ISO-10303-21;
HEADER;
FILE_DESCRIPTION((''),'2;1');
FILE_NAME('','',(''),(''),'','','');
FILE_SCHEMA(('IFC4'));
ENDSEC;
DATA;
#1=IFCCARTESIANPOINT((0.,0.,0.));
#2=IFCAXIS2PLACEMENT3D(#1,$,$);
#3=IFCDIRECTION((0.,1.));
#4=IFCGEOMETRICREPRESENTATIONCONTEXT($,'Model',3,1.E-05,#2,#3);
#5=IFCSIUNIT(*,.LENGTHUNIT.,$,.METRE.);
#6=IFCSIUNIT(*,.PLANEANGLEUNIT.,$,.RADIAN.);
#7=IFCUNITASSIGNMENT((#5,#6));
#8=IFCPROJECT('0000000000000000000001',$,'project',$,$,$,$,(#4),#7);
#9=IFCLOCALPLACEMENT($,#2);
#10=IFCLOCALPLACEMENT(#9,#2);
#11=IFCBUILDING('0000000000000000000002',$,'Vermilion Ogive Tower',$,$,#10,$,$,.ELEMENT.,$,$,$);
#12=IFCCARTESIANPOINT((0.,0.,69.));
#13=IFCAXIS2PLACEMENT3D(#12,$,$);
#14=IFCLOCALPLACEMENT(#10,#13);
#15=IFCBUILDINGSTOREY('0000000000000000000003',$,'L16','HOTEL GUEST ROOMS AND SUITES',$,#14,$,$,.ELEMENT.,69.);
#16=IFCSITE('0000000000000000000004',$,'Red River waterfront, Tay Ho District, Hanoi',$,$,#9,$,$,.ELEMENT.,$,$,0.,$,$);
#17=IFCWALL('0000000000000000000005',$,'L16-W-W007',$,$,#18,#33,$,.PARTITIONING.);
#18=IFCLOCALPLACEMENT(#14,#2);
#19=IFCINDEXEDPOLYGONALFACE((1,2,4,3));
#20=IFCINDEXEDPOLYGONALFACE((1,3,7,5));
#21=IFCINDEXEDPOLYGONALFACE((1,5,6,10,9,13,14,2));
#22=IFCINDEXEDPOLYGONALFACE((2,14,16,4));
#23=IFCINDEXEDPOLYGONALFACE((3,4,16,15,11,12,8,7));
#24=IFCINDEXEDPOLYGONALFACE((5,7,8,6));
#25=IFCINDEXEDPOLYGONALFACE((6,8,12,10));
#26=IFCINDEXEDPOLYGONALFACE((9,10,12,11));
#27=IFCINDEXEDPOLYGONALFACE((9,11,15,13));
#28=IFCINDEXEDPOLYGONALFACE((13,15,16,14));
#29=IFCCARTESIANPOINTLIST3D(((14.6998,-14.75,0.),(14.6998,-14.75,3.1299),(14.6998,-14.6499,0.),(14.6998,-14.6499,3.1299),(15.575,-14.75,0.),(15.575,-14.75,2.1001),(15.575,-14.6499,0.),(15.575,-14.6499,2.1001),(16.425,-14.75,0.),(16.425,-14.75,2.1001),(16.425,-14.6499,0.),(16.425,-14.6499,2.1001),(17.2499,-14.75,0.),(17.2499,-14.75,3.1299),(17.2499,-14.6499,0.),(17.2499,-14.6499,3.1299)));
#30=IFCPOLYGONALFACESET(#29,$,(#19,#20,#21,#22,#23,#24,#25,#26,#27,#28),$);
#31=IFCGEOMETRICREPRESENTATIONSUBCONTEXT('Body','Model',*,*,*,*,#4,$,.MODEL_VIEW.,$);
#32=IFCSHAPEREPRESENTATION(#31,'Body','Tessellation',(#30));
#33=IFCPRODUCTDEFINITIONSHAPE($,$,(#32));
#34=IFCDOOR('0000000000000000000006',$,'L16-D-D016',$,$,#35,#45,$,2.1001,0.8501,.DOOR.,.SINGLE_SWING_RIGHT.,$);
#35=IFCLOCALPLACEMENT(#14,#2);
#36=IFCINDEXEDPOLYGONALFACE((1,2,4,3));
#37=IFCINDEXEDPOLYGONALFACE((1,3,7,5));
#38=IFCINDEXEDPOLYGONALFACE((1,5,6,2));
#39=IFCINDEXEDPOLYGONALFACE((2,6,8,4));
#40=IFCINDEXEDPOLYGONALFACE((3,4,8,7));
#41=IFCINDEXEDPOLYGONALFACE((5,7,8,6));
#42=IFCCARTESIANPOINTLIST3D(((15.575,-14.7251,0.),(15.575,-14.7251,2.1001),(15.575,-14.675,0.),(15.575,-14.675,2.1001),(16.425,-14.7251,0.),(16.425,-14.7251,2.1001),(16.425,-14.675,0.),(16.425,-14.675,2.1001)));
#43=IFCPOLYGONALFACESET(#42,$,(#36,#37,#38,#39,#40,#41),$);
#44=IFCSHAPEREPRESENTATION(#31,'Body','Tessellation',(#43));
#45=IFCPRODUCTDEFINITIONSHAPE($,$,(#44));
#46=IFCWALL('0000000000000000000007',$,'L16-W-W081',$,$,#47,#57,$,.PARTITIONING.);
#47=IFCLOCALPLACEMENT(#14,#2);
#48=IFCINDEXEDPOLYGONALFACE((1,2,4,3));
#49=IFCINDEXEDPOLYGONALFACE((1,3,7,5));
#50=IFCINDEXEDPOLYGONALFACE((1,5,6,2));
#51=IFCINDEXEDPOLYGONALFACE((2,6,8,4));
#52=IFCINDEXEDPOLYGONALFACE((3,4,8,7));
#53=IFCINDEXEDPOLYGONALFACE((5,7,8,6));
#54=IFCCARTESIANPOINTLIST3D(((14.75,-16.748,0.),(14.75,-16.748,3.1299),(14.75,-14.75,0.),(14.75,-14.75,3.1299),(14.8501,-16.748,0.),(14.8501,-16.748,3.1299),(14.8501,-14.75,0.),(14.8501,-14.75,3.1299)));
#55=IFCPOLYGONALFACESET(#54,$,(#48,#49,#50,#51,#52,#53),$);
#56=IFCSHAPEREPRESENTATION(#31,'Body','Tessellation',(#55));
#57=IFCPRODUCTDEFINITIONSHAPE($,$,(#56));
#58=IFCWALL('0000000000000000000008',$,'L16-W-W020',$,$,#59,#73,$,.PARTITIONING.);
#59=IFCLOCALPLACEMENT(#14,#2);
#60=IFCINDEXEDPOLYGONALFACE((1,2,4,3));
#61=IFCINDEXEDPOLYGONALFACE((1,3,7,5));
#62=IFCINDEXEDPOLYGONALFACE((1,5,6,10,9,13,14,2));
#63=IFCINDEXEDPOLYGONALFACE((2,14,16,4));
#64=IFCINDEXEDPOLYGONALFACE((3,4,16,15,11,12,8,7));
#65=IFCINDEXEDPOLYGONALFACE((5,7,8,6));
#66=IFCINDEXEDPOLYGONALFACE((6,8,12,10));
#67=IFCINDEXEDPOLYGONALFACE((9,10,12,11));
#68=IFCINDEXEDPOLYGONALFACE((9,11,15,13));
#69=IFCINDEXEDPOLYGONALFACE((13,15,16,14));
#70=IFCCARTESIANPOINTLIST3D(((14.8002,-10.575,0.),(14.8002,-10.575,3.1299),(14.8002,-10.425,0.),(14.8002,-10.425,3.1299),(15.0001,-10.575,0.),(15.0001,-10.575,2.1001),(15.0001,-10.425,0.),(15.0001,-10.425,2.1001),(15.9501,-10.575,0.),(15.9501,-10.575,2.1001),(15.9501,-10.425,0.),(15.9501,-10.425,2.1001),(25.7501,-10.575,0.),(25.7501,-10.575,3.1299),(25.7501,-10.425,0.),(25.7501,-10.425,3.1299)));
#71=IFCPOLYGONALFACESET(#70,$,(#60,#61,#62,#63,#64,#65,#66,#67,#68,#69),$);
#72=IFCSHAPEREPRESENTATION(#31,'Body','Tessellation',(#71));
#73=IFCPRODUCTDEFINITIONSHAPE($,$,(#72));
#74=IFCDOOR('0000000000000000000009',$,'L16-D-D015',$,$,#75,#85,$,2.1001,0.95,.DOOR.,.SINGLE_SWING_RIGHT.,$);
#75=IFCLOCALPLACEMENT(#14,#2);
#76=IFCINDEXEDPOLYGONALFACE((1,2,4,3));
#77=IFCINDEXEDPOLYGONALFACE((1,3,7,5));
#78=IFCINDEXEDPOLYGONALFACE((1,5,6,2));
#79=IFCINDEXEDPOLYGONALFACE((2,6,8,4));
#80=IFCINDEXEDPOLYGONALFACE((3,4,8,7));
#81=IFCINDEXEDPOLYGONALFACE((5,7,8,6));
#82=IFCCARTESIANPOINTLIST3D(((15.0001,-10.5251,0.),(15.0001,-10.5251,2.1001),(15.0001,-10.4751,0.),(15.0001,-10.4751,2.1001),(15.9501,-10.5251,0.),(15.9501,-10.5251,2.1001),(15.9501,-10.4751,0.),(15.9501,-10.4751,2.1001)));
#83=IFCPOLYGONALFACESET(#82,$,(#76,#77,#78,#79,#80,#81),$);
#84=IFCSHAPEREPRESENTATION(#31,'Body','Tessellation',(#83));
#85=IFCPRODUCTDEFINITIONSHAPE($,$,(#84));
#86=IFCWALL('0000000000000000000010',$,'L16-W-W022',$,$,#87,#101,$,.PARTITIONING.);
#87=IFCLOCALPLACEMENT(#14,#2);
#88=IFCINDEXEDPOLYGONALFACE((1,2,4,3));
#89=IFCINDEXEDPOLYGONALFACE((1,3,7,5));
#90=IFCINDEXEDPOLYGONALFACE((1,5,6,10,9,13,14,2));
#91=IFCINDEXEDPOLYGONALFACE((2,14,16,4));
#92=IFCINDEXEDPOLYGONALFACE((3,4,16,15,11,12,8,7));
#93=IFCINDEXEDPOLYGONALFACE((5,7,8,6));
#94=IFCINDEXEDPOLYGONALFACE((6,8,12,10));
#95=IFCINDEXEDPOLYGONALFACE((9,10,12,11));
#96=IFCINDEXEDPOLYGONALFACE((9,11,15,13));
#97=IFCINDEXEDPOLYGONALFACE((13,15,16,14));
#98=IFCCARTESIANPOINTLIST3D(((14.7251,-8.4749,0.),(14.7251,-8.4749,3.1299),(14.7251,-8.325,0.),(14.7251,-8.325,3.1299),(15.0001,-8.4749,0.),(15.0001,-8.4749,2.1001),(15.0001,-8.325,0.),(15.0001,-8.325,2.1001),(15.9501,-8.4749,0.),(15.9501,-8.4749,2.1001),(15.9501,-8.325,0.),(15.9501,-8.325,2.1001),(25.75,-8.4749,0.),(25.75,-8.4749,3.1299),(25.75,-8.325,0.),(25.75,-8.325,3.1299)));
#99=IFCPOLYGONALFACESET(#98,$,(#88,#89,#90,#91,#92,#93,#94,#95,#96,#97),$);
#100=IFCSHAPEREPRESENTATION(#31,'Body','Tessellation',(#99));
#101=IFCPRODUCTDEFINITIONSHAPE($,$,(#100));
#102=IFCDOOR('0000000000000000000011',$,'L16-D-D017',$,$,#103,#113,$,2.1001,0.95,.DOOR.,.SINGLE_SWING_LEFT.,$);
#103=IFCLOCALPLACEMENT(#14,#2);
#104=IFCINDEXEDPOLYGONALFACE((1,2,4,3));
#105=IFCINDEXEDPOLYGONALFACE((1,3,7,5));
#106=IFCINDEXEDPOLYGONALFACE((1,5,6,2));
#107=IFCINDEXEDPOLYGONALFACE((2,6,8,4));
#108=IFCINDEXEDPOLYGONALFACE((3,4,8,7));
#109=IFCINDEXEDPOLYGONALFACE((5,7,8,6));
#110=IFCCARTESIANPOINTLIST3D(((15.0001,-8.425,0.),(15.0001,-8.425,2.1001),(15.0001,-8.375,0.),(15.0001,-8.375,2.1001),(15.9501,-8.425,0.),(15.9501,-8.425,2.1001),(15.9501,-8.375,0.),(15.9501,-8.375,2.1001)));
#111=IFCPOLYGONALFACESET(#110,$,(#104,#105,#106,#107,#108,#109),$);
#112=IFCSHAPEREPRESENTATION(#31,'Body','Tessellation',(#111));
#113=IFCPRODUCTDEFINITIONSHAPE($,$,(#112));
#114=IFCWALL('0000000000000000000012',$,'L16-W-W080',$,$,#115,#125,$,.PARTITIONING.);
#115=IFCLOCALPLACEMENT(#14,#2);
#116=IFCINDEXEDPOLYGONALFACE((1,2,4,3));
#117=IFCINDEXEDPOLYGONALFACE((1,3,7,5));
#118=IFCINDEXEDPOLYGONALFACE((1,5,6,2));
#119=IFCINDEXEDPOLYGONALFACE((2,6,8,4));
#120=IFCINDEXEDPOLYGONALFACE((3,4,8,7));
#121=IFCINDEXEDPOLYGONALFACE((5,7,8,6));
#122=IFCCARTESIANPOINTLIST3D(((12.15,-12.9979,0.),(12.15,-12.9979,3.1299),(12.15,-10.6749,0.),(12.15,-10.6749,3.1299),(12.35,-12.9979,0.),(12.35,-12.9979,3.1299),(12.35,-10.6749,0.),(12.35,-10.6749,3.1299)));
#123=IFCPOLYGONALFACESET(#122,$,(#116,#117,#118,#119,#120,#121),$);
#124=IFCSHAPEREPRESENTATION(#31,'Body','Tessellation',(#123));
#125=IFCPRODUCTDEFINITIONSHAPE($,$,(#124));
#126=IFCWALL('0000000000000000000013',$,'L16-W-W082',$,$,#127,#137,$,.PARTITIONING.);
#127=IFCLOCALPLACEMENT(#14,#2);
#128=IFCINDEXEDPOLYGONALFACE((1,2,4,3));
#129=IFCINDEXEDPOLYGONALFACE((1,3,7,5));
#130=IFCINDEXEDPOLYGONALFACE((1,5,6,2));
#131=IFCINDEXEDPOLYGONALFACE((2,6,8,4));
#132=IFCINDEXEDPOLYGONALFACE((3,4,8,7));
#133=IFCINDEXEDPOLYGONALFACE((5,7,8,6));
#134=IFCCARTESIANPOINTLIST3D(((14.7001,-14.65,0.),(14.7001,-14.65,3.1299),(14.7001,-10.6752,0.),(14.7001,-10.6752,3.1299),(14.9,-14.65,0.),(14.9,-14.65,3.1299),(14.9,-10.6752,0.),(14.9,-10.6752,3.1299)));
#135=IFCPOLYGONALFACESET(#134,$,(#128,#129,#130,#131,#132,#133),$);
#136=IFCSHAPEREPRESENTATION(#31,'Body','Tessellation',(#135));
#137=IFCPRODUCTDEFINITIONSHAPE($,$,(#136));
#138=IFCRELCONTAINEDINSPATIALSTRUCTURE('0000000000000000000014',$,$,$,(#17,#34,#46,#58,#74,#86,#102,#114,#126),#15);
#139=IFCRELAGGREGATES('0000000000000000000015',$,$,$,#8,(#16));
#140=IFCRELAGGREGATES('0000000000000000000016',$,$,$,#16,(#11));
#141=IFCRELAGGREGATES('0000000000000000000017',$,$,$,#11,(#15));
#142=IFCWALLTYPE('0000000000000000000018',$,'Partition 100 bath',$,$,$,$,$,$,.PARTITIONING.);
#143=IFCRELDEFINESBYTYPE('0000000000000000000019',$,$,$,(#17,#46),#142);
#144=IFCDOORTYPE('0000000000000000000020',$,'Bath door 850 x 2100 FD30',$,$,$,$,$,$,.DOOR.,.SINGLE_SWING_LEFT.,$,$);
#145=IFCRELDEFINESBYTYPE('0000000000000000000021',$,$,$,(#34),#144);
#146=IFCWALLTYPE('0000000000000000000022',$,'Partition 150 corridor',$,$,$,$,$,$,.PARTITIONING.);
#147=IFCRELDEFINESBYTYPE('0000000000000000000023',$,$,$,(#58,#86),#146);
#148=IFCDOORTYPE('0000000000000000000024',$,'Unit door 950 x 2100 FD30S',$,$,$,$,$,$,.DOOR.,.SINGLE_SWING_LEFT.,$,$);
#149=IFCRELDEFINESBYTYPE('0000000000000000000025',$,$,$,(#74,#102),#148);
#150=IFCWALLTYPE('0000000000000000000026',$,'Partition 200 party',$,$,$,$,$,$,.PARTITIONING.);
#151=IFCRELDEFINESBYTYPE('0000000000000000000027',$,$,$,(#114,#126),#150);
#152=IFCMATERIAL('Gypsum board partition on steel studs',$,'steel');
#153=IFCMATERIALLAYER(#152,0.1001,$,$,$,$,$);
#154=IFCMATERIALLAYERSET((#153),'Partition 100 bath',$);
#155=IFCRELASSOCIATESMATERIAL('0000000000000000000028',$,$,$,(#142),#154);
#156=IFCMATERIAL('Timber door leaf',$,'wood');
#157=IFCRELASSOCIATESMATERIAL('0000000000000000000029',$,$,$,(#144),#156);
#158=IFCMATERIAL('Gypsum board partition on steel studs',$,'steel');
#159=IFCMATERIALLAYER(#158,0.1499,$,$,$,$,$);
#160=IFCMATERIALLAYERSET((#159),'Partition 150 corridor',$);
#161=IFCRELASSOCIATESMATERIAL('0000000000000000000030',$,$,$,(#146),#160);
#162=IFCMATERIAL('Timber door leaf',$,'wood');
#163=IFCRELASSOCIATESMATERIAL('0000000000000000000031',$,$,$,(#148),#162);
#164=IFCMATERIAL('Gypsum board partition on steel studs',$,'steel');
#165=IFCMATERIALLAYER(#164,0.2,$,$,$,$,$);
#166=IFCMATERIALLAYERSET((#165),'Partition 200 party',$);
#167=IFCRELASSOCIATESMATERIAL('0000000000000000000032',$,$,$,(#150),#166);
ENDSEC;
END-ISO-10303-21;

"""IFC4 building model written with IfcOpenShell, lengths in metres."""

from ifc_helpers import new_model, si_unit, direction, frame, frame_2d, origin, place, context, subcontext, project, spatial, rectangle, extrude, material, layer, layer_set, type_object, element, fill, save


model = new_model("IFC4")

# Units and contexts
model_context = context("Model", 3, precision=1e-05, world=origin(), true_north=direction((0.0, 1.0)))
body_context = subcontext(model_context, "Body", "Model", "MODEL_VIEW")
ifc_project = project(units=[si_unit("LENGTHUNIT", "METRE"), si_unit("PLANEANGLEUNIT", "RADIAN")], contexts=[model_context])

# Site, building, storey
site_placement = place(None, origin())
site = spatial("IfcSite", under=ifc_project, at=site_placement, Name="Red River waterfront, Tay Ho District, Hanoi", CompositionType="ELEMENT", RefElevation=0.0)
building_placement = place(site_placement, origin())
building = spatial("IfcBuilding", under=site, at=building_placement, Name="Vermilion Ogive Tower", CompositionType="ELEMENT")
storey_placement = place(building_placement, frame((0.0, 0.0, 69.0)))
storey = spatial("IfcBuildingStorey", under=building, at=storey_placement, Name="L16", Description="HOTEL GUEST ROOMS AND SUITES", CompositionType="ELEMENT", Elevation=69.0)

# Shared definitions
ifc_material_1 = material(Name="Gypsum board partition on steel studs", Category="steel")
ifc_layer_1 = layer(ifc_material_1, 0.1001)
ifc_layer_set_1 = layer_set([ifc_layer_1], Name="Partition 100 bath")
wall_type_1 = type_object("IfcWallType", Name="Partition 100 bath", PredefinedType="PARTITIONING", material=ifc_layer_set_1)

# Wall, opening, door
wall_1_placement = place(storey_placement, frame((14.7, -14.7, 0.0), z_axis=(0.0, 0.0, 1.0), x_axis=(1.0, 0.0, 0.0)))
wall_1 = element("IfcWall", 1, at=wall_1_placement, inside=storey, type_object=wall_type_1, Name="L16-W-W007", PredefinedType="PARTITIONING", context=body_context, shape_type="SweptSolid", body=[
    extrude(rectangle(XDim=2.55, YDim=0.1001, at=frame_2d((1.2749, 0.0))), origin(), (0.0, 0.0, 1.0), 3.1299),
])
opening_1_placement = place(wall_1_placement, frame((0.875, 0.0, 0.0)))
opening_1 = element("IfcOpeningElement", 2, at=opening_1_placement, cuts=wall_1, PredefinedType="OPENING", context=body_context, shape_type="SweptSolid", body=[
    extrude(rectangle(XDim=0.8501, YDim=2.1001, at=frame_2d((0.425, 1.05))), frame((0.0, 0.0601, 0.0), z_axis=(0.0, -1.0, 0.0), x_axis=(1.0, 0.0, 0.0)), (0.0, 0.0, 1.0), 0.1201),
])
ifc_material_2 = material(Name="Timber door leaf", Category="wood")
door_type_1 = type_object("IfcDoorType", Name="Bath door 850 x 2100 FD30", OperationType="SINGLE_SWING_LEFT", PredefinedType="DOOR", material=ifc_material_2)
door_1_placement = place(opening_1_placement, origin())
door_1 = element("IfcDoor", 3, at=door_1_placement, inside=storey, type_object=door_type_1, Name="L16-D-D016", OperationType="SINGLE_SWING_RIGHT", OverallHeight=2.1001, OverallWidth=0.8501, PredefinedType="DOOR", context=body_context, shape_type="SweptSolid", body=[
    extrude(rectangle(XDim=0.8501, YDim=2.1001, at=frame_2d((0.425, 1.05))), frame((0.0, 0.0249, 0.0), z_axis=(0.0, -1.0, 0.0), x_axis=(1.0, 0.0, 0.0)), (0.0, 0.0, 1.0), 0.05),
])
fill(opening_1, door_1)

# Wall
wall_2_placement = place(storey_placement, frame((14.8, -16.748, 0.0), z_axis=(0.0, 0.0, 1.0), x_axis=(0.0, 1.0, 0.0)))
element("IfcWall", 4, at=wall_2_placement, inside=storey, type_object=wall_type_1, Name="L16-W-W081", PredefinedType="PARTITIONING", context=body_context, shape_type="SweptSolid", body=[
    extrude(rectangle(XDim=1.998, YDim=0.1001, at=frame_2d((0.999, 0.0))), origin(), (0.0, 0.0, 1.0), 3.1299),
])

# Walls, openings, doors
ifc_material_3 = material(Name="Gypsum board partition on steel studs", Category="steel")
ifc_layer_2 = layer(ifc_material_3, 0.1499)
ifc_layer_set_2 = layer_set([ifc_layer_2], Name="Partition 150 corridor")
wall_type_2 = type_object("IfcWallType", Name="Partition 150 corridor", PredefinedType="PARTITIONING", material=ifc_layer_set_2)
wall_3_placement = place(storey_placement, frame((14.8, -10.5, 0.0), z_axis=(0.0, 0.0, 1.0), x_axis=(1.0, 0.0, 0.0)))
wall_3 = element("IfcWall", 5, at=wall_3_placement, inside=storey, type_object=wall_type_2, Name="L16-W-W020", PredefinedType="PARTITIONING", context=body_context, shape_type="SweptSolid", body=[
    extrude(rectangle(XDim=10.95, YDim=0.1499, at=frame_2d((5.4751, 0.0))), origin(), (0.0, 0.0, 1.0), 3.1299),
])
opening_2_placement = place(wall_3_placement, frame((0.2, 0.0, 0.0)))
opening_2 = element("IfcOpeningElement", 6, at=opening_2_placement, cuts=wall_3, PredefinedType="OPENING", context=body_context, shape_type="SweptSolid", body=[
    extrude(rectangle(XDim=0.95, YDim=2.1001, at=frame_2d((0.4751, 1.05))), frame((0.0, 0.085, 0.0), z_axis=(0.0, -1.0, 0.0), x_axis=(1.0, 0.0, 0.0)), (0.0, 0.0, 1.0), 0.1699),
])
ifc_material_4 = material(Name="Timber door leaf", Category="wood")
door_type_2 = type_object("IfcDoorType", Name="Unit door 950 x 2100 FD30S", OperationType="SINGLE_SWING_LEFT", PredefinedType="DOOR", material=ifc_material_4)
door_2_placement = place(opening_2_placement, origin())
door_2 = element("IfcDoor", 7, at=door_2_placement, inside=storey, type_object=door_type_2, Name="L16-D-D015", OperationType="SINGLE_SWING_RIGHT", OverallHeight=2.1001, OverallWidth=0.95, PredefinedType="DOOR", context=body_context, shape_type="SweptSolid", body=[
    extrude(rectangle(XDim=0.95, YDim=2.1001, at=frame_2d((0.4751, 1.05))), frame((0.0, 0.0249, 0.0), z_axis=(0.0, -1.0, 0.0), x_axis=(1.0, 0.0, 0.0)), (0.0, 0.0, 1.0), 0.05),
])
fill(opening_2, door_2)
wall_4_placement = place(storey_placement, frame((14.7251, -8.3999, 0.0), z_axis=(0.0, 0.0, 1.0), x_axis=(1.0, 0.0, 0.0)))
wall_4 = element("IfcWall", 8, at=wall_4_placement, inside=storey, type_object=wall_type_2, Name="L16-W-W022", PredefinedType="PARTITIONING", context=body_context, shape_type="SweptSolid", body=[
    extrude(rectangle(XDim=11.0249, YDim=0.1499, at=frame_2d((5.5125, 0.0))), origin(), (0.0, 0.0, 1.0), 3.1299),
])
opening_3_placement = place(wall_4_placement, frame((0.2749, 0.0, 0.0)))
opening_3 = element("IfcOpeningElement", 9, at=opening_3_placement, cuts=wall_4, PredefinedType="OPENING", context=body_context, shape_type="SweptSolid", body=[
    extrude(rectangle(XDim=0.95, YDim=2.1001, at=frame_2d((0.4751, 1.05))), frame((0.0, 0.085, 0.0), z_axis=(0.0, -1.0, 0.0), x_axis=(1.0, 0.0, 0.0)), (0.0, 0.0, 1.0), 0.1699),
])
door_3_placement = place(opening_3_placement, origin())
door_3 = element("IfcDoor", 10, at=door_3_placement, inside=storey, type_object=door_type_2, Name="L16-D-D017", OperationType="SINGLE_SWING_LEFT", OverallHeight=2.1001, OverallWidth=0.95, PredefinedType="DOOR", context=body_context, shape_type="SweptSolid", body=[
    extrude(rectangle(XDim=0.95, YDim=2.1001, at=frame_2d((0.4751, 1.05))), frame((0.0, 0.0249, 0.0), z_axis=(0.0, -1.0, 0.0), x_axis=(1.0, 0.0, 0.0)), (0.0, 0.0, 1.0), 0.05),
])
fill(opening_3, door_3)

# Walls
ifc_material_5 = material(Name="Gypsum board partition on steel studs", Category="steel")
ifc_layer_3 = layer(ifc_material_5, 0.2)
ifc_layer_set_3 = layer_set([ifc_layer_3], Name="Partition 200 party")
wall_type_3 = type_object("IfcWallType", Name="Partition 200 party", PredefinedType="PARTITIONING", material=ifc_layer_set_3)
wall_5_placement = place(storey_placement, frame((12.25, -12.998, 0.0), z_axis=(0.0, 0.0, 1.0), x_axis=(0.0, 1.0, 0.0)))
element("IfcWall", 11, at=wall_5_placement, inside=storey, type_object=wall_type_3, Name="L16-W-W080", PredefinedType="PARTITIONING", context=body_context, shape_type="SweptSolid", body=[
    extrude(rectangle(XDim=2.323, YDim=0.2, at=frame_2d((1.1616, 0.0))), origin(), (0.0, 0.0, 1.0), 3.1299),
])
wall_6_placement = place(storey_placement, frame((14.8, -14.6499, 0.0), z_axis=(0.0, 0.0, 1.0), x_axis=(0.0, 1.0, 0.0)))
element("IfcWall", 12, at=wall_6_placement, inside=storey, type_object=wall_type_3, Name="L16-W-W082", PredefinedType="PARTITIONING", context=body_context, shape_type="SweptSolid", body=[
    extrude(rectangle(XDim=3.9749, YDim=0.2, at=frame_2d((1.9873, 0.0))), origin(), (0.0, 0.0, 1.0), 3.1299),
])

save(model, "model.ifc")
